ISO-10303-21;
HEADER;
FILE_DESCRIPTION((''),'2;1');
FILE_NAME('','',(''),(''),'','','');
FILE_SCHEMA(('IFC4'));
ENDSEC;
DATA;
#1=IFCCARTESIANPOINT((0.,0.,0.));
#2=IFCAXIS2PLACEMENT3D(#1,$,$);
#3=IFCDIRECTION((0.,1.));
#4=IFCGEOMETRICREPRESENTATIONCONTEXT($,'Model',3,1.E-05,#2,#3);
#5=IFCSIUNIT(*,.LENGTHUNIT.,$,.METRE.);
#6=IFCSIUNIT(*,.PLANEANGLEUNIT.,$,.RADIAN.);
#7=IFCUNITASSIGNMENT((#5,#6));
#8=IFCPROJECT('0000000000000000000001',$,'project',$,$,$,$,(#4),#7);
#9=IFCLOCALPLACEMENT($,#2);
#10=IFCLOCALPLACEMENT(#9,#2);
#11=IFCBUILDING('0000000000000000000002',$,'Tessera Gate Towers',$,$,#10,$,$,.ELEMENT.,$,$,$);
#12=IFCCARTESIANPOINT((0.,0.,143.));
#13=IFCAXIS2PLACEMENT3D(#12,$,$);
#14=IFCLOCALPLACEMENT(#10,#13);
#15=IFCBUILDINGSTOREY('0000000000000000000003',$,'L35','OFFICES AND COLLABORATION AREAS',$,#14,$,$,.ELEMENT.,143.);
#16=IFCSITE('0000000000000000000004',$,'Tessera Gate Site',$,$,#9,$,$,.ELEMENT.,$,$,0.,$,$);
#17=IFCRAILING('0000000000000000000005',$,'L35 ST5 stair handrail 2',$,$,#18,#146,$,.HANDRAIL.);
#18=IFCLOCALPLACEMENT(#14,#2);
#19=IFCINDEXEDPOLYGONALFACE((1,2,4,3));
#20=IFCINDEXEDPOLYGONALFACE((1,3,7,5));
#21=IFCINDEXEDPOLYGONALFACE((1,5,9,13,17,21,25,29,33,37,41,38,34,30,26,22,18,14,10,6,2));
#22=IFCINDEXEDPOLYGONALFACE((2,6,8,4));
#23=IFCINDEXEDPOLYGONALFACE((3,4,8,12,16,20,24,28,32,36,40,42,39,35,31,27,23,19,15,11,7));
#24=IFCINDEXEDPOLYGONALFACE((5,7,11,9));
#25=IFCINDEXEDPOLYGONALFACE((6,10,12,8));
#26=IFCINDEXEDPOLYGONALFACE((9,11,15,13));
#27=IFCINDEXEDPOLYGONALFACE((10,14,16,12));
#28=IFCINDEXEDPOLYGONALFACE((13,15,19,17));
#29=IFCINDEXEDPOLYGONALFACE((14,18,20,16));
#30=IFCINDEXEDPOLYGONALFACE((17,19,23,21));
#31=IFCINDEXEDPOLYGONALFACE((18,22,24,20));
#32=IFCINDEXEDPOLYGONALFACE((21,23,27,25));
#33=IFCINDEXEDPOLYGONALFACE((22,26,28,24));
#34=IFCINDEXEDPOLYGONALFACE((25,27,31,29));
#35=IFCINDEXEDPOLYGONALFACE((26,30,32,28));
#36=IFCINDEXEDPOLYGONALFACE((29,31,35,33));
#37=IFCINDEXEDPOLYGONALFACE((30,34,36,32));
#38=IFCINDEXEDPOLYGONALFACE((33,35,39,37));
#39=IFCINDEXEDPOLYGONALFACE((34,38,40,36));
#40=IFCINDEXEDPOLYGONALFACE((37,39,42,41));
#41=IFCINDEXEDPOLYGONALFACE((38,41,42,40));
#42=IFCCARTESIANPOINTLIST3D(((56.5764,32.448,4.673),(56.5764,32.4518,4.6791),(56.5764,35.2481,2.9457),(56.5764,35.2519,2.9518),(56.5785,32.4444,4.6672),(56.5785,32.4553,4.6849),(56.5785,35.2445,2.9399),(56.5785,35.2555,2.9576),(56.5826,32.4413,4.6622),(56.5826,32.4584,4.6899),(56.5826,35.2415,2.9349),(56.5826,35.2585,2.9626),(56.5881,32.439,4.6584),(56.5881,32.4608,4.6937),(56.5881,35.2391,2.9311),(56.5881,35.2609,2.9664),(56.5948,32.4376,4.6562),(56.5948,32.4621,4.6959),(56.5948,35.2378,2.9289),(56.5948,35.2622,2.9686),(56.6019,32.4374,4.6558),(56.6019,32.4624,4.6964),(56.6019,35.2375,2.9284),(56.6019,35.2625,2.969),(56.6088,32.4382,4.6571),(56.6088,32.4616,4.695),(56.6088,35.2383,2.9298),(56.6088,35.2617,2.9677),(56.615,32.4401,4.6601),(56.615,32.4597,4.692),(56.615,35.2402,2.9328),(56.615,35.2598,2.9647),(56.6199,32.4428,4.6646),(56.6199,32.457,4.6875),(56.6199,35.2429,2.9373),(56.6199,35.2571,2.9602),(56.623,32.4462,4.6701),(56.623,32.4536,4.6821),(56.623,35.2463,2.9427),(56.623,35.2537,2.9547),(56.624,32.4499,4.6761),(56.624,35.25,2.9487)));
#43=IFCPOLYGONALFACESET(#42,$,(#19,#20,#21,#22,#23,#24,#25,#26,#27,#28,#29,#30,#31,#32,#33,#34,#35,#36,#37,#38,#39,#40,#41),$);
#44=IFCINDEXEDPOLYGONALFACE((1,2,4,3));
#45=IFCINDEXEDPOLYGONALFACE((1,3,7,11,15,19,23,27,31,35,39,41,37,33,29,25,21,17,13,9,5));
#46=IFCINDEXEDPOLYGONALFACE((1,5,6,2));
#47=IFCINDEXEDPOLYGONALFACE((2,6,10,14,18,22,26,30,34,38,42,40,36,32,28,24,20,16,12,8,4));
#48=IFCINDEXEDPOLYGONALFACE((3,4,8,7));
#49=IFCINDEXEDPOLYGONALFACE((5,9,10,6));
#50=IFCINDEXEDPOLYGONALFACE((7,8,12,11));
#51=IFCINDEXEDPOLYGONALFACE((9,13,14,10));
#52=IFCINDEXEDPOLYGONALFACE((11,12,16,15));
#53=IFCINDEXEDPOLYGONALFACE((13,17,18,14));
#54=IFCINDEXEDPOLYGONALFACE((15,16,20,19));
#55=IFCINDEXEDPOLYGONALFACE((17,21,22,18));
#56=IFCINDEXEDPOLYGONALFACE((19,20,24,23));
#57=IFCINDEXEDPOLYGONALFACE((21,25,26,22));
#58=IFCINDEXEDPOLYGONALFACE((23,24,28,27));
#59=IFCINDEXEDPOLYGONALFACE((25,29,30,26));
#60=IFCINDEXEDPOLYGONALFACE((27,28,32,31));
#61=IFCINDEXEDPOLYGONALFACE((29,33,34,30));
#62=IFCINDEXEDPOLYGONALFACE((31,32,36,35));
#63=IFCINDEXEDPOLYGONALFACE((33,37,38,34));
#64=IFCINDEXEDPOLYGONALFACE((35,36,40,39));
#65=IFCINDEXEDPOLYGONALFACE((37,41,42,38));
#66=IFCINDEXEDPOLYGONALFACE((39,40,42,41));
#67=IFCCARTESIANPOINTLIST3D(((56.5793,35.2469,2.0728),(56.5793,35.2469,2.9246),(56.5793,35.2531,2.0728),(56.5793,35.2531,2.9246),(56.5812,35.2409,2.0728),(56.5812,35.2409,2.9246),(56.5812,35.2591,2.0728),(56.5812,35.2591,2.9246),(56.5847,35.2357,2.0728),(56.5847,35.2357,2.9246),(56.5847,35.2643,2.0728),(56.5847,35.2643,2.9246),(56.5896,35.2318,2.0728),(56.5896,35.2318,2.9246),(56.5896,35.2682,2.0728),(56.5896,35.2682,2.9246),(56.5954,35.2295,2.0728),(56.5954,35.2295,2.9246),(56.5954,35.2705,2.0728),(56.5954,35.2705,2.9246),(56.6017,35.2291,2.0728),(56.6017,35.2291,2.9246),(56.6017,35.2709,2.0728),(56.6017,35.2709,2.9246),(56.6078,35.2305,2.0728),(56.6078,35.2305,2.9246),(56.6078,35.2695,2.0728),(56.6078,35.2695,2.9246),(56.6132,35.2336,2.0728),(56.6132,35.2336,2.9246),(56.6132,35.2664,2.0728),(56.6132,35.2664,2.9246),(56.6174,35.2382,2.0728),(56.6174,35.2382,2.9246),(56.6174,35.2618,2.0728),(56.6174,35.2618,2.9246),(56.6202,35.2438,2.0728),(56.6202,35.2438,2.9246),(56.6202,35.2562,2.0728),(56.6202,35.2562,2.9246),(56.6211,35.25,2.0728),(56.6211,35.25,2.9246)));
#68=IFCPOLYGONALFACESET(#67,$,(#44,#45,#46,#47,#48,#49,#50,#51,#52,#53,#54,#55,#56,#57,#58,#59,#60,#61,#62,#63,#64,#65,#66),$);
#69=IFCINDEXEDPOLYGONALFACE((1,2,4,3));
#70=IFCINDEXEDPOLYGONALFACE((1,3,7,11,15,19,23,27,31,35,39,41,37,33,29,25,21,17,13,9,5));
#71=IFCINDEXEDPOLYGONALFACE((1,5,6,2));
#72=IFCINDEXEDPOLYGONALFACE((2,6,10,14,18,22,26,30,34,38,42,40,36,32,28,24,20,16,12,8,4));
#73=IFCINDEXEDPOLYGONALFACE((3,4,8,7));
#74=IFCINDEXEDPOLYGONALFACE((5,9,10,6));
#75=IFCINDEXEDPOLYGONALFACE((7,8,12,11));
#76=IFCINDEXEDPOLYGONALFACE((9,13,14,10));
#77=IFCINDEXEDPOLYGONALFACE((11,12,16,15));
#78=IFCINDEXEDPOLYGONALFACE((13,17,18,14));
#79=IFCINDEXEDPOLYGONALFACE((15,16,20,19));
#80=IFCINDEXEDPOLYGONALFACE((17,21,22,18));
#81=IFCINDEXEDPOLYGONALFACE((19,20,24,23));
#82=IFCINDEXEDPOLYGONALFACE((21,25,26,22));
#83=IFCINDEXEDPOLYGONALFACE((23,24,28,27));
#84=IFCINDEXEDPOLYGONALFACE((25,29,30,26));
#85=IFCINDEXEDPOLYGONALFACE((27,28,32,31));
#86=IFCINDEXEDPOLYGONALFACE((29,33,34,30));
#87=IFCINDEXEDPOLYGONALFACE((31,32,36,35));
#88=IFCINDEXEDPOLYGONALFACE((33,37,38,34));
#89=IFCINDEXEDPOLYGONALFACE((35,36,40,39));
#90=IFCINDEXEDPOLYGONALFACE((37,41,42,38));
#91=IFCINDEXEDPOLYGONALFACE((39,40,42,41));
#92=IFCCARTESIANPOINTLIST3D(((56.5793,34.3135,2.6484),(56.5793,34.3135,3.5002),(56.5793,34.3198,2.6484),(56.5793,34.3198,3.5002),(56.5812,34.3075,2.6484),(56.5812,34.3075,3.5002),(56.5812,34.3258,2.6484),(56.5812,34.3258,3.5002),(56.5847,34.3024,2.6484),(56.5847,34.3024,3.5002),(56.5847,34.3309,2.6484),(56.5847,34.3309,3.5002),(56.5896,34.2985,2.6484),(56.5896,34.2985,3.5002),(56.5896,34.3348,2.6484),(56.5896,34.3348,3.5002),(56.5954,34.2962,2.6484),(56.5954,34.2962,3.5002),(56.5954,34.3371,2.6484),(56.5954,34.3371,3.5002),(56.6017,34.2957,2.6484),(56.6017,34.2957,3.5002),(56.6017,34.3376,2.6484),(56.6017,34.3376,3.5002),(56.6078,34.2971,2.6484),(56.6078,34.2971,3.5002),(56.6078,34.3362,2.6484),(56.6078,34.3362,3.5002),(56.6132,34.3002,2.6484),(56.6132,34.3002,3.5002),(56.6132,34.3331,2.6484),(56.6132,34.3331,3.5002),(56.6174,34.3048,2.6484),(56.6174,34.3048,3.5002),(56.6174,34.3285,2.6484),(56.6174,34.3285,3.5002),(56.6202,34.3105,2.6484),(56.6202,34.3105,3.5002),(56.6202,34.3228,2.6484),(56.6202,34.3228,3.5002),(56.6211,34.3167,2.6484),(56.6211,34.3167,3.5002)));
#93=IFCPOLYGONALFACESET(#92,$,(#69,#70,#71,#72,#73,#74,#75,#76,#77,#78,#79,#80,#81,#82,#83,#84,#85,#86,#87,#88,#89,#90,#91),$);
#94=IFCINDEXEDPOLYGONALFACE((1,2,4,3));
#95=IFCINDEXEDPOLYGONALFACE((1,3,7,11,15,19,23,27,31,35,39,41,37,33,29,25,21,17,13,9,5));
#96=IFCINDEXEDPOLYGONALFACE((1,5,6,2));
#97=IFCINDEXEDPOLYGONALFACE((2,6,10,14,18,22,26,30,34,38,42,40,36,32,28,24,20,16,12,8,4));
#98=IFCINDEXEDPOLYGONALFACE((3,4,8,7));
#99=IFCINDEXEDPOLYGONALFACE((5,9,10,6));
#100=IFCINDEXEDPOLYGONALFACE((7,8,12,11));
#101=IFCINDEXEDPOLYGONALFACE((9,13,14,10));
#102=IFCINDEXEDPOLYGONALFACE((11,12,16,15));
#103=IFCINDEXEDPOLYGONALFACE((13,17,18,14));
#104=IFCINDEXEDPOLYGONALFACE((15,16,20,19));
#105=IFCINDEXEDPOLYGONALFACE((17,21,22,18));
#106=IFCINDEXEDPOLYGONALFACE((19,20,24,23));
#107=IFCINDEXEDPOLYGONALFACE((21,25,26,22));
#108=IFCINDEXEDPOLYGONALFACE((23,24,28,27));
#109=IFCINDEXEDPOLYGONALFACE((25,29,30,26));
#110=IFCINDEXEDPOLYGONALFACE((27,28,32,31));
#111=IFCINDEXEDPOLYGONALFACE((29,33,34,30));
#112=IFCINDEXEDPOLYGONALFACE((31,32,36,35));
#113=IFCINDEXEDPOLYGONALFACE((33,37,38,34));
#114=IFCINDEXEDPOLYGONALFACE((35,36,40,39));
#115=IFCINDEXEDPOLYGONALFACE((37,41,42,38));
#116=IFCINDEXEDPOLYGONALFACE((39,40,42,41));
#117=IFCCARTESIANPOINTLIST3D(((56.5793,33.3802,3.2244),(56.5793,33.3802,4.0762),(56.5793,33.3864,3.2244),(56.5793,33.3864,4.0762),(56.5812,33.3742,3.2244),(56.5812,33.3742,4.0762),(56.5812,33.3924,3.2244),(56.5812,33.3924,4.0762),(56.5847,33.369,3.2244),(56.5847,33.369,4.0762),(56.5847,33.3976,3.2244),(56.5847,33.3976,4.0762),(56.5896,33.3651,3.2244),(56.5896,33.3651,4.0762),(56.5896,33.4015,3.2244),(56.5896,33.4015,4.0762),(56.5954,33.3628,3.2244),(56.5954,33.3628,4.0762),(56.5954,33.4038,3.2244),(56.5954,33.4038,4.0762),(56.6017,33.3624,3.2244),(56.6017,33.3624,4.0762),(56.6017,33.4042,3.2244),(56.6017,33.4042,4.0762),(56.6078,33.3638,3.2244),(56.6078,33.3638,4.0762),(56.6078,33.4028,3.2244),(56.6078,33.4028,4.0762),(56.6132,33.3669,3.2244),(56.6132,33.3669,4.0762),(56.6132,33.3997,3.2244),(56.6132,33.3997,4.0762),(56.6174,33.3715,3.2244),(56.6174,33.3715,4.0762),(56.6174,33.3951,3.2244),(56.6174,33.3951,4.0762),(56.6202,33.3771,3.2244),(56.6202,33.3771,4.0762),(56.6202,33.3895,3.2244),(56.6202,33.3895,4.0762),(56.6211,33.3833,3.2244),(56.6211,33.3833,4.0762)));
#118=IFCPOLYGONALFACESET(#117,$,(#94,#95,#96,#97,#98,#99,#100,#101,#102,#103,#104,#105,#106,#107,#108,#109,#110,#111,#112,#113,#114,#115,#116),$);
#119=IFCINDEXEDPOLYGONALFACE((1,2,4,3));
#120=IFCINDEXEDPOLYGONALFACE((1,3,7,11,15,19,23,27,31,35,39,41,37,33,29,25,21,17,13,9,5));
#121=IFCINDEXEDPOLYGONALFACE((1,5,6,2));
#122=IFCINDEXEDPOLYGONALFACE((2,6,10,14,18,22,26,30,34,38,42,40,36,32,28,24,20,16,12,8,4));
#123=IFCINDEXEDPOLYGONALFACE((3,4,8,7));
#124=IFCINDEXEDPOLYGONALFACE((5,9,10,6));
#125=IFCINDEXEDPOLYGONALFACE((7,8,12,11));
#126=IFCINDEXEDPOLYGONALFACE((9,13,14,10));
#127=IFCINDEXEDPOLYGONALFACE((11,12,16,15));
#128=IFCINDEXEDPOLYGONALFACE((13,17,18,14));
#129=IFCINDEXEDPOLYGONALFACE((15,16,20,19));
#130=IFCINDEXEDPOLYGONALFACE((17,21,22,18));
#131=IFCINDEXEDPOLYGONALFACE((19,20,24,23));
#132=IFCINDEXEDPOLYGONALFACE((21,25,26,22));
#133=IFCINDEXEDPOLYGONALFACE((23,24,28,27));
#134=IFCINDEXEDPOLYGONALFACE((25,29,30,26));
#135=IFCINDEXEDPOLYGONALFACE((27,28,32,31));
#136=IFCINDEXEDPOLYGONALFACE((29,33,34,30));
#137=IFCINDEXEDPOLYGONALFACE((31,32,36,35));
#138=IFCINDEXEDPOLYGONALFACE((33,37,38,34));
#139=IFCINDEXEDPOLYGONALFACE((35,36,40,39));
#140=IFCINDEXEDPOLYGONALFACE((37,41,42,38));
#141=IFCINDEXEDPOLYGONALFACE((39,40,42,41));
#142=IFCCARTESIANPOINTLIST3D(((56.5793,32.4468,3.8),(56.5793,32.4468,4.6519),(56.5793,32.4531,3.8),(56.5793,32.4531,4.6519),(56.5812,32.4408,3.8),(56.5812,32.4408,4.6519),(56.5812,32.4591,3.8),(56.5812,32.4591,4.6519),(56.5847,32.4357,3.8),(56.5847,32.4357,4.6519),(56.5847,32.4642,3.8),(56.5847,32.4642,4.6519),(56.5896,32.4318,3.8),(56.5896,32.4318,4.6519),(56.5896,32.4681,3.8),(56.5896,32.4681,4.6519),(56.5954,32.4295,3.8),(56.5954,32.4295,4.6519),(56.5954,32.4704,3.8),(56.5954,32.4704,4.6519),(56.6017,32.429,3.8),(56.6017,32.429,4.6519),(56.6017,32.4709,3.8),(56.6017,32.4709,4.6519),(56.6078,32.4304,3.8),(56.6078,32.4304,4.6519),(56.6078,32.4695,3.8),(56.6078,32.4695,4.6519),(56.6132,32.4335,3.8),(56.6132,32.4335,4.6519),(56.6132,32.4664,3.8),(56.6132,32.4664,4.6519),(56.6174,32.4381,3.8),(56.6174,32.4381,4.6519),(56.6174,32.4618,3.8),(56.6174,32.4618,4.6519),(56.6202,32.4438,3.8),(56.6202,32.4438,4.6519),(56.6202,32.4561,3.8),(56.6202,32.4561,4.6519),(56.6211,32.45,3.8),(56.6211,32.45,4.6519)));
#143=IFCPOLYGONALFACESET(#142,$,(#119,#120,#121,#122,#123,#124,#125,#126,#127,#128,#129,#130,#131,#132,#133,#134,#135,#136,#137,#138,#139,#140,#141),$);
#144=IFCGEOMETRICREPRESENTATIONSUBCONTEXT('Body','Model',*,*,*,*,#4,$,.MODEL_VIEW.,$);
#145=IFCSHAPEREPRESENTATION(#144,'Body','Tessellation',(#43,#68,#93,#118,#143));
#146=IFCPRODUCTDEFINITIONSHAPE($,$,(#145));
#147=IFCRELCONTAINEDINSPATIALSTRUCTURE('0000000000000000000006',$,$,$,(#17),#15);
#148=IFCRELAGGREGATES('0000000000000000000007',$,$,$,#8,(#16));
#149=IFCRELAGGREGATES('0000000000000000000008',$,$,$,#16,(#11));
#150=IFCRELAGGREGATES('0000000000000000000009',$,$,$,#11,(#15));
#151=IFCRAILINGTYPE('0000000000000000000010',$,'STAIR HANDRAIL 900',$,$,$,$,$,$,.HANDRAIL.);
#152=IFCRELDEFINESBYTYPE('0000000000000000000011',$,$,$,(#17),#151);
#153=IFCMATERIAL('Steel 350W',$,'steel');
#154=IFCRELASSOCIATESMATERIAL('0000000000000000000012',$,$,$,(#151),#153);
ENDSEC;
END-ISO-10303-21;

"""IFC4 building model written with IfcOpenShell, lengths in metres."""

from ifc_helpers import new_model, si_unit, direction, frame, origin, origin_2d, place, context, subcontext, project, spatial, circle, extrude, material, type_object, element, save


model = new_model("IFC4")

# Units and contexts
model_context = context("Model", 3, precision=1e-05, world=origin(), true_north=direction((0.0, 1.0)))
body_context = subcontext(model_context, "Body", "Model", "MODEL_VIEW")
ifc_project = project(units=[si_unit("LENGTHUNIT", "METRE"), si_unit("PLANEANGLEUNIT", "RADIAN")], contexts=[model_context])

# Site, building, storey
site_placement = place(None, origin())
site = spatial("IfcSite", under=ifc_project, at=site_placement, Name="Tessera Gate Site", CompositionType="ELEMENT", RefElevation=0.0)
building_placement = place(site_placement, origin())
building = spatial("IfcBuilding", under=site, at=building_placement, Name="Tessera Gate Towers", CompositionType="ELEMENT")
storey_placement = place(building_placement, frame((0.0, 0.0, 143.0)))
storey = spatial("IfcBuildingStorey", under=building, at=storey_placement, Name="L35", Description="OFFICES AND COLLABORATION AREAS", CompositionType="ELEMENT", Elevation=143.0)

# Railing
ifc_material_1 = material(Name="Steel 350W", Category="steel")
railing_type_1 = type_object("IfcRailingType", Name="STAIR HANDRAIL 900", PredefinedType="HANDRAIL", material=ifc_material_1)
railing_1_placement = place(storey_placement, frame((56.6001, 35.25, 2.0728)))
element("IfcRailing", 1, at=railing_1_placement, inside=storey, type_object=railing_type_1, Name="L35 ST5 stair handrail 2", PredefinedType="HANDRAIL", context=body_context, shape_type="SweptSolid", body=[
    extrude(circle(Radius=0.0239, at=origin_2d()), frame((0.0, 0.0, 0.876), z_axis=(0.0, -0.85109, 0.52502), x_axis=(1.0, 0.0, 0.0)), (0.0, 0.0, 1.0), 3.29),
    extrude(circle(Radius=0.021, at=origin_2d()), origin(), (0.0, 0.0, 1.0), 0.8518),
    extrude(circle(Radius=0.021, at=origin_2d()), frame((0.0, -0.9333, 0.5757)), (0.0, 0.0, 1.0), 0.8518),
    extrude(circle(Radius=0.021, at=origin_2d()), frame((0.0, -1.8667, 1.1516)), (0.0, 0.0, 1.0), 0.8518),
    extrude(circle(Radius=0.021, at=origin_2d()), frame((0.0, -2.8, 1.7273)), (0.0, 0.0, 1.0), 0.8518),
])

save(model, "model.ifc")
